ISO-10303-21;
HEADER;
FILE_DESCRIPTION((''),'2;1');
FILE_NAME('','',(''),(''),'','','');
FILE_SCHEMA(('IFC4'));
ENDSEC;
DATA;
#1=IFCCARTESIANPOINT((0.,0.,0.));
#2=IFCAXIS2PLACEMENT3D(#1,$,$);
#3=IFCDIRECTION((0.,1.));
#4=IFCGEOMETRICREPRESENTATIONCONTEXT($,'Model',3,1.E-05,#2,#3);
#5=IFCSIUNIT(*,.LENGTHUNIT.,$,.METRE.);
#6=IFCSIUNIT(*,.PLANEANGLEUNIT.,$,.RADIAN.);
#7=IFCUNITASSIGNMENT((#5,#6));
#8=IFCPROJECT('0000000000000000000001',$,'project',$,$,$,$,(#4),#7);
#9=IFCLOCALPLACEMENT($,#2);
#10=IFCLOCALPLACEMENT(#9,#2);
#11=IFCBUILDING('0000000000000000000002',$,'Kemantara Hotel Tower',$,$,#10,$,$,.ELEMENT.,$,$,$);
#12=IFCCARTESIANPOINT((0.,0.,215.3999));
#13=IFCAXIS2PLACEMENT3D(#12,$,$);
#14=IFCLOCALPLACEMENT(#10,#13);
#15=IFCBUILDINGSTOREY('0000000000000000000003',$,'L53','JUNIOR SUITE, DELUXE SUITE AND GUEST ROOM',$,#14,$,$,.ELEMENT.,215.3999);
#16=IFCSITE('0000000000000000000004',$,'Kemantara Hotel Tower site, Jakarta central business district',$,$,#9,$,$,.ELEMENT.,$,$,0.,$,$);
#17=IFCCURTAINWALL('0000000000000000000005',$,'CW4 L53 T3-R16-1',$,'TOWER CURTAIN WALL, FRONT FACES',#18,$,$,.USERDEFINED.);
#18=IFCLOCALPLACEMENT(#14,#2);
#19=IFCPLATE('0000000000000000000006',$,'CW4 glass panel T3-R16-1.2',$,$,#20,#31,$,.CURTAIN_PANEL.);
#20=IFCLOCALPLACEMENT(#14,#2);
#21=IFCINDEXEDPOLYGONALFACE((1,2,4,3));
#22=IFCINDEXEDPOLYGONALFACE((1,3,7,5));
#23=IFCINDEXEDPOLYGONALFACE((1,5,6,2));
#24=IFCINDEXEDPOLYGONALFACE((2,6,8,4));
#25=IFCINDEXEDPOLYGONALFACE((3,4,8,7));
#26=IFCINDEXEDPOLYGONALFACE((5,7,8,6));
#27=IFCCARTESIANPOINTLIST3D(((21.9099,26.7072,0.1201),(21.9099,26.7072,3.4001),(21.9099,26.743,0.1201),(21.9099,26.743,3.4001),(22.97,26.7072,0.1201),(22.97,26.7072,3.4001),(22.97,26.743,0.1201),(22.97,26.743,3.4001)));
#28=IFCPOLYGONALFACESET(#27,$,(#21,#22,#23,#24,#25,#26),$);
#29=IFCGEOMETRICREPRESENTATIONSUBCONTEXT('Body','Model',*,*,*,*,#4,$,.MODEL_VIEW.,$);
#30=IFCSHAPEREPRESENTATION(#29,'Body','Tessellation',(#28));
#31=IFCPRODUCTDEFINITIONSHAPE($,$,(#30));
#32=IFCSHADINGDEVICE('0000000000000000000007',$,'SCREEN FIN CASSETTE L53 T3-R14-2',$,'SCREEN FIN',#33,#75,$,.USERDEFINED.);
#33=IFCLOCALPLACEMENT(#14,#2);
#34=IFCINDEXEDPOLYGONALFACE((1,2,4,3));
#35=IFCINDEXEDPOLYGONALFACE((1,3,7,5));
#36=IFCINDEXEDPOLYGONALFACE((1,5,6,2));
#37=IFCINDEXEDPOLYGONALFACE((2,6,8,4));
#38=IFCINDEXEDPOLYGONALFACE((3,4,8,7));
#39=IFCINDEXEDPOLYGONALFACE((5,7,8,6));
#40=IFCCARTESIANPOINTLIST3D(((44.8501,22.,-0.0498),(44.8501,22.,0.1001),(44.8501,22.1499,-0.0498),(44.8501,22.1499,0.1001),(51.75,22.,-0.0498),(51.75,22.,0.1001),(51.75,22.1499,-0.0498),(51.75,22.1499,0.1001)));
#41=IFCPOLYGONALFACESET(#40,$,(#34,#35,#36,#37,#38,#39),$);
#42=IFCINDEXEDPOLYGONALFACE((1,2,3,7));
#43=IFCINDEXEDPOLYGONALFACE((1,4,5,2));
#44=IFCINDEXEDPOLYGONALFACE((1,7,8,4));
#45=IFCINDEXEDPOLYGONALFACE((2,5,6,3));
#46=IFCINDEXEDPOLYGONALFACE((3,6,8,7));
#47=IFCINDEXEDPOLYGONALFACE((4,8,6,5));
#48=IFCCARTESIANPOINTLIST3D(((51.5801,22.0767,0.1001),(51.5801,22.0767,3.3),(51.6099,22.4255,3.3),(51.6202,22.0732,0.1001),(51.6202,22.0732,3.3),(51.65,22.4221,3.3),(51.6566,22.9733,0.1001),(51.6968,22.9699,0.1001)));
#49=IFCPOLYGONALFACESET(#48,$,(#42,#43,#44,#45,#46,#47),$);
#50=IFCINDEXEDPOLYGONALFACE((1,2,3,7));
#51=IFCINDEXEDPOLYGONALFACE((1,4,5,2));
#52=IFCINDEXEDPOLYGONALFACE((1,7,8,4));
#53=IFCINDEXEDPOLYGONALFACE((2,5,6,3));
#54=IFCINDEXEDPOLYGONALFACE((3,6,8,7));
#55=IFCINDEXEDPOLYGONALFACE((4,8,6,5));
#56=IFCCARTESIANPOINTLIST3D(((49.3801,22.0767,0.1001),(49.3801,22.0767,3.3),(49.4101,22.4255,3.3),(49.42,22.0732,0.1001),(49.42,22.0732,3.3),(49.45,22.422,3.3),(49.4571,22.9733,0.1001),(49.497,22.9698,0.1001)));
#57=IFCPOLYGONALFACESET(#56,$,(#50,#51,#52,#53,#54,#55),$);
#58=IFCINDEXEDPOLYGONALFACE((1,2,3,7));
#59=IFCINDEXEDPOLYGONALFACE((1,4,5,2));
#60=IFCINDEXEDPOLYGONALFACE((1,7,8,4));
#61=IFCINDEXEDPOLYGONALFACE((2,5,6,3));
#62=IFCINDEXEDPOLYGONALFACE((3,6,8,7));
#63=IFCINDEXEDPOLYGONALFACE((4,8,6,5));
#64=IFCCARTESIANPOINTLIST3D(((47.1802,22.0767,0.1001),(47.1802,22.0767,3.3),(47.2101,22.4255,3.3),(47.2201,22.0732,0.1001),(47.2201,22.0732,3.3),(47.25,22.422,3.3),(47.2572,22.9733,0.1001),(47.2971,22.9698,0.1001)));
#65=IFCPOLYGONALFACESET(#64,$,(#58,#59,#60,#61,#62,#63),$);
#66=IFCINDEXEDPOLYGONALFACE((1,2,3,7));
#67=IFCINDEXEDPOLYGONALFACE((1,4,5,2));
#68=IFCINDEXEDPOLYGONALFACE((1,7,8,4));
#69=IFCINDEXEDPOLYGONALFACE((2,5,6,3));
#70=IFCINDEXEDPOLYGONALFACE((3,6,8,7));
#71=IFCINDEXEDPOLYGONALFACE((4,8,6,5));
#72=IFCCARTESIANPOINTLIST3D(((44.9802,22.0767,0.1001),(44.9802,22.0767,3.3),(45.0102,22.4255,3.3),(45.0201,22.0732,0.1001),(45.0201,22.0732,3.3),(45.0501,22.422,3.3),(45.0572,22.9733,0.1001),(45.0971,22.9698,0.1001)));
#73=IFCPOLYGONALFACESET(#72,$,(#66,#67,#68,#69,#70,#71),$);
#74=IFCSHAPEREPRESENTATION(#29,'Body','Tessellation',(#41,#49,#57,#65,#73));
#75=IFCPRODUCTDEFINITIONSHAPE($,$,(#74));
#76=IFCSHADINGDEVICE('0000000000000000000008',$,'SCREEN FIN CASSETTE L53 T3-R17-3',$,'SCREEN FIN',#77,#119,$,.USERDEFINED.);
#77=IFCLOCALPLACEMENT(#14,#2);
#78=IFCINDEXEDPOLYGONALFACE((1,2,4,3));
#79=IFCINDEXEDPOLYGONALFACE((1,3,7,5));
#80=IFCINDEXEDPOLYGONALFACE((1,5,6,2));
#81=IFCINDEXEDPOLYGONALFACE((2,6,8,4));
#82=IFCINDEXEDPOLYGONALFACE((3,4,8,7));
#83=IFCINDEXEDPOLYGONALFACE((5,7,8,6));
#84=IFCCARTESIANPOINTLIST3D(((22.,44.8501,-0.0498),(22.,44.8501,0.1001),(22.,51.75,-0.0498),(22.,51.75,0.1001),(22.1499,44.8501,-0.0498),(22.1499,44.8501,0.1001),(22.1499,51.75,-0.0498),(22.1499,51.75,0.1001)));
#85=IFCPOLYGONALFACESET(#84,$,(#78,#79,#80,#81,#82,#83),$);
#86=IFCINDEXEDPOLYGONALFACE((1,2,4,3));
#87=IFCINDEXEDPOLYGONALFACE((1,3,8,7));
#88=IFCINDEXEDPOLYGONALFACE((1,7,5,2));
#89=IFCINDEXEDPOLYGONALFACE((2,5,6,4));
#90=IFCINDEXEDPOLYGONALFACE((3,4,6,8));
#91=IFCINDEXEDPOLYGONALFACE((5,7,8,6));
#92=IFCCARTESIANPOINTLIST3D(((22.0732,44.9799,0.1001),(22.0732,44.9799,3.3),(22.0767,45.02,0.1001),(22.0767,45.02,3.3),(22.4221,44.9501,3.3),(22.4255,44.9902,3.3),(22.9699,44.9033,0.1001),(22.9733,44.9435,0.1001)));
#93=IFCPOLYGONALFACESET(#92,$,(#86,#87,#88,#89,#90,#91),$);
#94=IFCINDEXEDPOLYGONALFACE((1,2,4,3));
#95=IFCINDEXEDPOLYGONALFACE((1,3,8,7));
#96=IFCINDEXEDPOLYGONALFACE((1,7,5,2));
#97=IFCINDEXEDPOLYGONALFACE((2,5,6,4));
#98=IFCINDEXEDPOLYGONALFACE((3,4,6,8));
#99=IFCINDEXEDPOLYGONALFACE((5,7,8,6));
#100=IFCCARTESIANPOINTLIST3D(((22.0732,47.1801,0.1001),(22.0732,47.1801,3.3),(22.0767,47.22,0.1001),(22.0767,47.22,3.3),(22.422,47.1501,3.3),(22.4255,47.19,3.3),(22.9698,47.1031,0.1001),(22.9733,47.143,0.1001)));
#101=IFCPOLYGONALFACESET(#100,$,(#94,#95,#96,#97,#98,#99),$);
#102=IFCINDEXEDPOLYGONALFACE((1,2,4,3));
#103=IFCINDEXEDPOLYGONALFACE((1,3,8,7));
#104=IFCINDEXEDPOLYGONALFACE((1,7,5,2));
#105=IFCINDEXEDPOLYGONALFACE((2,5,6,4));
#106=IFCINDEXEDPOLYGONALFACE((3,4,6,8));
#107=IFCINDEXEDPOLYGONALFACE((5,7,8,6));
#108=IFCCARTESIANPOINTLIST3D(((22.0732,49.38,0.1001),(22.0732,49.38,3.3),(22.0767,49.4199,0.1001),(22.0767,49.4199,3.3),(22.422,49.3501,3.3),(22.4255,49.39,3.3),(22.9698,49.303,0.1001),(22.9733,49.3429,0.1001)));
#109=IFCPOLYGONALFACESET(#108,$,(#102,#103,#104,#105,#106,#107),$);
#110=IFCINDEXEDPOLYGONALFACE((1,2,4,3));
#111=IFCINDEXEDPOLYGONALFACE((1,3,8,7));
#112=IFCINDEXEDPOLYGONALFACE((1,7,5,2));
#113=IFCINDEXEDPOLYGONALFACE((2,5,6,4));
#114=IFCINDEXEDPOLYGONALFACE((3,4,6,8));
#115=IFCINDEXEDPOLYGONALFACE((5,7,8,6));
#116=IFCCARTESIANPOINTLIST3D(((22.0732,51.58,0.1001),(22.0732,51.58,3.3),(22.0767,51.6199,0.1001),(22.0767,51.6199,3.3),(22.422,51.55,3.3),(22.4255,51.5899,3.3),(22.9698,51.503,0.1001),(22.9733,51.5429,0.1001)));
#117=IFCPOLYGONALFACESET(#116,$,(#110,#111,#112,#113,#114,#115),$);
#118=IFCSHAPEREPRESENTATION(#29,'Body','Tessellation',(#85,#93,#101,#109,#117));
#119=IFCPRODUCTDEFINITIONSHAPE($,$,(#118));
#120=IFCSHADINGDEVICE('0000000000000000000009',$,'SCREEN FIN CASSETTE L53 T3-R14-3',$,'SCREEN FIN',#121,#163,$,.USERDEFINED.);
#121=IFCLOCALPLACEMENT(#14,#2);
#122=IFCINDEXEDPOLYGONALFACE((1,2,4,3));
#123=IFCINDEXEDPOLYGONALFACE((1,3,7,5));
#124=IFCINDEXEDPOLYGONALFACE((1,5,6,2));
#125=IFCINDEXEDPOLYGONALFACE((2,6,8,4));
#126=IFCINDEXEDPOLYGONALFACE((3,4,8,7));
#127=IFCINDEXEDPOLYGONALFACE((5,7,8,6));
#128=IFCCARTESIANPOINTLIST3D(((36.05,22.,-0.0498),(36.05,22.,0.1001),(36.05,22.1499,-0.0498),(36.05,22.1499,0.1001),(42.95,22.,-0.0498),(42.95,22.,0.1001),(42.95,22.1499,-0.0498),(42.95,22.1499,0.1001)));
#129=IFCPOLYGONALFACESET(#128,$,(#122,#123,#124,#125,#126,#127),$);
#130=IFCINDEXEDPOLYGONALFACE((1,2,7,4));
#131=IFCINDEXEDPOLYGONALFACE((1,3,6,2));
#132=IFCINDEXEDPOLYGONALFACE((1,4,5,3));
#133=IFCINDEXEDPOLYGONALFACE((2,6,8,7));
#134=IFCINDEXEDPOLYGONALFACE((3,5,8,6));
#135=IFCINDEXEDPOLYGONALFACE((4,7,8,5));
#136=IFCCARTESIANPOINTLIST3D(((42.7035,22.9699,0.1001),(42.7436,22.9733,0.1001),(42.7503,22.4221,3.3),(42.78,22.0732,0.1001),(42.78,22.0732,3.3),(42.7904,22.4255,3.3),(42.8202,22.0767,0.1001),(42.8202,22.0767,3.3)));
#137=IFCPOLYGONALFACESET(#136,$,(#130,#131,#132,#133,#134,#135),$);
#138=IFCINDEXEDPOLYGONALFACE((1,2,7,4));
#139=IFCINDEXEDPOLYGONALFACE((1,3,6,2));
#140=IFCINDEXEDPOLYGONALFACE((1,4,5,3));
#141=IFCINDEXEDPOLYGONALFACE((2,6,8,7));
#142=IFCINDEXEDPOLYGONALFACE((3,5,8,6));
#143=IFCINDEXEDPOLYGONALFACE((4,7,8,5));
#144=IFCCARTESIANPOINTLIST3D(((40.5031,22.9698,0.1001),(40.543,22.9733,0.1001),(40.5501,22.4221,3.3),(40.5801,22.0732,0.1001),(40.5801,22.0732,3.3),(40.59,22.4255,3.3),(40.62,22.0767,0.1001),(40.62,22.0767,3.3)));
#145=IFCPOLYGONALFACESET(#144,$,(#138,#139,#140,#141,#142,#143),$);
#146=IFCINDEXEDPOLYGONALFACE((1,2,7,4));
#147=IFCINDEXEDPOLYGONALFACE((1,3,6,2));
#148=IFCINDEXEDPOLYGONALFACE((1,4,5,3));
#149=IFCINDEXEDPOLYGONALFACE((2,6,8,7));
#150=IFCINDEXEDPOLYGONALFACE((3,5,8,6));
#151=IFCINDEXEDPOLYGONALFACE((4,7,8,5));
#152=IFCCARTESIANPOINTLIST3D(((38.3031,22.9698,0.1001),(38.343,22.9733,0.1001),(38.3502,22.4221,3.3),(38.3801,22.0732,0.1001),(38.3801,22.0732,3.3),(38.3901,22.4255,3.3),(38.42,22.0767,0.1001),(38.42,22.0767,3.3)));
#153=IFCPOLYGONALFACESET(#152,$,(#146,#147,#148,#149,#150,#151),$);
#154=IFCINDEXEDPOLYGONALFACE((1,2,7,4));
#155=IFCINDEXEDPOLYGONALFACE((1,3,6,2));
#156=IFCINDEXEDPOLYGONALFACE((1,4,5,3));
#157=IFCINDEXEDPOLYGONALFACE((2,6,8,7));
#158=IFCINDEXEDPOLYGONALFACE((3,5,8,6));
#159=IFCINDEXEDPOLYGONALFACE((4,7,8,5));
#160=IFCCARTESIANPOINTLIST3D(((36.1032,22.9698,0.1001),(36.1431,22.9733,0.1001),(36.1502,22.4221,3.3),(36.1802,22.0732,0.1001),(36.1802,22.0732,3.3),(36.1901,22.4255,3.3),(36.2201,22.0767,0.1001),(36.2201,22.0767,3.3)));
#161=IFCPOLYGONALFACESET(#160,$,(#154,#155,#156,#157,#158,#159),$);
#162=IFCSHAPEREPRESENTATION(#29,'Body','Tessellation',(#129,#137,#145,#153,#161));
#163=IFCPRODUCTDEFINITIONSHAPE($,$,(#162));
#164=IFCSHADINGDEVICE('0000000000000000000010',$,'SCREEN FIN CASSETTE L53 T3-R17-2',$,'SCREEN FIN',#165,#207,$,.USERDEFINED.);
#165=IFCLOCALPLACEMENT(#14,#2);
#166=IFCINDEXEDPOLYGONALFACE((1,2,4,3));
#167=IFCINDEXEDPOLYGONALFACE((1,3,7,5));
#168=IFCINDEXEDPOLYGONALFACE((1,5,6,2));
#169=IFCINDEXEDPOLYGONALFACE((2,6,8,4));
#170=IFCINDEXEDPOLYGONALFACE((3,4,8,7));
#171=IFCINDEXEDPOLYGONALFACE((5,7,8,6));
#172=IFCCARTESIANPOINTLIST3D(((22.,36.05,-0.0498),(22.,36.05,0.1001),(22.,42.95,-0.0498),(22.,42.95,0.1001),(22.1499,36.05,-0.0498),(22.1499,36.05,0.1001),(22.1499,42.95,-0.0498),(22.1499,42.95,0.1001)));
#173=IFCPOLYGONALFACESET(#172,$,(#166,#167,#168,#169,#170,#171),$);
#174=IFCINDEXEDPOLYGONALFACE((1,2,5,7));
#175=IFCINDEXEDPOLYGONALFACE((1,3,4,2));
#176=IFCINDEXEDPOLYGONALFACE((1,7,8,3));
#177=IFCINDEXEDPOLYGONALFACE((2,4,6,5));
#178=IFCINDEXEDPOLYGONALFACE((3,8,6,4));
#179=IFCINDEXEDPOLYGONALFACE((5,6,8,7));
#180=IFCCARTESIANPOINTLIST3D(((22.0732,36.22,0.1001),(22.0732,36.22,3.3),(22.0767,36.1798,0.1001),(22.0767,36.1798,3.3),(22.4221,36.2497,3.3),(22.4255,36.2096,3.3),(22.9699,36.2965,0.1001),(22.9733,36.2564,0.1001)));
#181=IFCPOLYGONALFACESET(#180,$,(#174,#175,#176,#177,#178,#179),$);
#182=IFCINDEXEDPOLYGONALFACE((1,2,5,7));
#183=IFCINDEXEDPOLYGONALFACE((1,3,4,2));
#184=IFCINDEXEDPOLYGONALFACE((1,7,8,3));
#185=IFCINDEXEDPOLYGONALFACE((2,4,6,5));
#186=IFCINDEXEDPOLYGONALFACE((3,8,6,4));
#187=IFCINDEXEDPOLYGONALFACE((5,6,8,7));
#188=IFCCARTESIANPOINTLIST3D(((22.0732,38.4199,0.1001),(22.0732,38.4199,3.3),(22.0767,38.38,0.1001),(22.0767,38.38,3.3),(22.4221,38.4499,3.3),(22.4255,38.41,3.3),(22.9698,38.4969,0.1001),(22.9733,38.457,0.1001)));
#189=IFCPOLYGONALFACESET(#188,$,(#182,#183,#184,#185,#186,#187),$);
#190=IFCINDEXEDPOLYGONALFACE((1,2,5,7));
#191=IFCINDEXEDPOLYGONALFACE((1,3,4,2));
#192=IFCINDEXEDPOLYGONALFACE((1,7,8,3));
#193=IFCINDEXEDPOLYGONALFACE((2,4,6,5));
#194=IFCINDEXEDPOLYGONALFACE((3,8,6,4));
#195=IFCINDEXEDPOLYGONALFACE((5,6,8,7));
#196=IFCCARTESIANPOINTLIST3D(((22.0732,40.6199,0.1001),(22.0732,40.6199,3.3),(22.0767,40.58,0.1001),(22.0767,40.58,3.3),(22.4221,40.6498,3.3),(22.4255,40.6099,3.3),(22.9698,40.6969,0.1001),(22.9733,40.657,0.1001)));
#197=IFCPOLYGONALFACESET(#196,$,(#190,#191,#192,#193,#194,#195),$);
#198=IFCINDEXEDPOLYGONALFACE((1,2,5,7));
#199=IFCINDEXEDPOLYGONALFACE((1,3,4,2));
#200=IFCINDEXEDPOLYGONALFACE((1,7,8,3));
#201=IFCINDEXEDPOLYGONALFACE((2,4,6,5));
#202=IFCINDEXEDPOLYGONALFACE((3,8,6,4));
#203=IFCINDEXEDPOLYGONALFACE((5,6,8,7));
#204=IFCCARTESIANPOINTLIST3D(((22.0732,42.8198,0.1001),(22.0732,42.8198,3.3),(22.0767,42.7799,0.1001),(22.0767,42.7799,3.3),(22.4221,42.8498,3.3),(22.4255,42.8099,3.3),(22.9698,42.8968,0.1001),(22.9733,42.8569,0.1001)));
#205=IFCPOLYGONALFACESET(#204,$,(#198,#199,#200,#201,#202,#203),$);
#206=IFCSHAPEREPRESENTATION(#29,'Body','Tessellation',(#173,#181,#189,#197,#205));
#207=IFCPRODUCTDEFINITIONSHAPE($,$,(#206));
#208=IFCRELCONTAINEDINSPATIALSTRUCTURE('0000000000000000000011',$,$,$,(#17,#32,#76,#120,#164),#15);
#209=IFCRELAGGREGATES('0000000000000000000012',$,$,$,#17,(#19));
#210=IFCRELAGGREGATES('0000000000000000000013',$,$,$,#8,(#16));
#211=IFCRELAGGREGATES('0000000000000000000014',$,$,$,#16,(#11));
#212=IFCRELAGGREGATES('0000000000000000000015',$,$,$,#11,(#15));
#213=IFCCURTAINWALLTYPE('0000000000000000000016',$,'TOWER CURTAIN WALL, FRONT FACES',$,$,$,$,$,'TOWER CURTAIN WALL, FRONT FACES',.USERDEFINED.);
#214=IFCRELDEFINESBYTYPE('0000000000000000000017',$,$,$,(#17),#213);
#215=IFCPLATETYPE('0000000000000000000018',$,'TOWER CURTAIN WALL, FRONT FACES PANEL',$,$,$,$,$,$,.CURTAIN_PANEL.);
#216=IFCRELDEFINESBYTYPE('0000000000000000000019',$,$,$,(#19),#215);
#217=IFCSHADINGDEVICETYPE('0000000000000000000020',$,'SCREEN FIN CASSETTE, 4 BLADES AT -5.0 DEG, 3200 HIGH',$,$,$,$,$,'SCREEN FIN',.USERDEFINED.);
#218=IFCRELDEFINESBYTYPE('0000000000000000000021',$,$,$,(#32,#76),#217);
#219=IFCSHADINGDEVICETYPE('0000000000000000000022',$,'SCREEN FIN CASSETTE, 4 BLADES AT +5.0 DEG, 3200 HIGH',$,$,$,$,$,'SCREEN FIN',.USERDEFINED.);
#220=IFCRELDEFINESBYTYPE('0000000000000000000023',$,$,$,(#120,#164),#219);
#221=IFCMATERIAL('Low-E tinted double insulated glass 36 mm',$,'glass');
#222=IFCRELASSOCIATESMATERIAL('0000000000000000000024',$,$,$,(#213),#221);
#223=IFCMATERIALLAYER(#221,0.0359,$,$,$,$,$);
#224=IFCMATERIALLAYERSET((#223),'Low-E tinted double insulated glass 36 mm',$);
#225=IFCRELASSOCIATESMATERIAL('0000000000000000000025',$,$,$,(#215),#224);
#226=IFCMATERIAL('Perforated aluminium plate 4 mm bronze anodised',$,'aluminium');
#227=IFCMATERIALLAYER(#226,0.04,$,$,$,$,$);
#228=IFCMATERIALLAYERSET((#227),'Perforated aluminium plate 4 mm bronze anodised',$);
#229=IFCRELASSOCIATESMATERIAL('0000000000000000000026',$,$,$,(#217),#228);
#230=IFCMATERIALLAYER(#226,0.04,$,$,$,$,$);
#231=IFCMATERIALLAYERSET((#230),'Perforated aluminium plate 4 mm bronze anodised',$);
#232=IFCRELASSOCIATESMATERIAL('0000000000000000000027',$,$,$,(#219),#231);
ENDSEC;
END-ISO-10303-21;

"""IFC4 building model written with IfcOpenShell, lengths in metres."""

from ifc_helpers import new_model, si_unit, direction, frame, origin, origin_2d, place, context, subcontext, project, spatial, polyline, rectangle, outline, extrude, source, transform, mapped, material, layer, layer_set, type_object, element, aggregate, save


model = new_model("IFC4")

# Units and contexts
model_context = context("Model", 3, precision=1e-05, world=origin(), true_north=direction((0.0, 1.0)))
body_context = subcontext(model_context, "Body", "Model", "MODEL_VIEW")
ifc_project = project(units=[si_unit("LENGTHUNIT", "METRE"), si_unit("PLANEANGLEUNIT", "RADIAN")], contexts=[model_context])

# Site, building, storey
site_placement = place(None, origin())
site = spatial("IfcSite", under=ifc_project, at=site_placement, Name="Kemantara Hotel Tower site, Jakarta central business district", CompositionType="ELEMENT", RefElevation=0.0)
building_placement = place(site_placement, origin())
building = spatial("IfcBuilding", under=site, at=building_placement, Name="Kemantara Hotel Tower", CompositionType="ELEMENT")
storey_placement = place(building_placement, frame((0.0, 0.0, 215.3999)))
storey = spatial("IfcBuildingStorey", under=building, at=storey_placement, Name="L53", Description="JUNIOR SUITE, DELUXE SUITE AND GUEST ROOM", CompositionType="ELEMENT", Elevation=215.3999)

# Curtain wall
ifc_material_1 = material(Name="Low-E tinted double insulated glass 36 mm", Category="glass")
curtain_wall_type = type_object("IfcCurtainWallType", Name="TOWER CURTAIN WALL, FRONT FACES", ElementType="TOWER CURTAIN WALL, FRONT FACES", PredefinedType="USERDEFINED", material=ifc_material_1)
curtain_wall_1_placement = place(storey_placement, origin())
curtain_wall_1 = element("IfcCurtainWall", 1, at=curtain_wall_1_placement, inside=storey, type_object=curtain_wall_type, Name="CW4 L53 T3-R16-1", ObjectType="TOWER CURTAIN WALL, FRONT FACES", PredefinedType="USERDEFINED")

# Shared definitions
ifc_layer_1 = layer(ifc_material_1, 0.0359)
ifc_layer_set_1 = layer_set([ifc_layer_1], Name="Low-E tinted double insulated glass 36 mm")
plate_type = type_object("IfcPlateType", Name="TOWER CURTAIN WALL, FRONT FACES PANEL", PredefinedType="CURTAIN_PANEL", material=ifc_layer_set_1)

# Plate
shared_shape_1 = source(origin(), body_context, "Body", "SweptSolid", [
    extrude(rectangle(XDim=1.0601, YDim=0.0359, at=origin_2d()), origin(), (0.0, 0.0, 1.0), 3.28),
])
plate_1_placement = place(storey_placement, frame((22.4399, 26.7251, 0.1201), z_axis=(0.0, 0.0, 1.0), x_axis=(-1.0, 0.0, 0.0)))
plate_1 = element("IfcPlate", 2, at=plate_1_placement, type_object=plate_type, Name="CW4 glass panel T3-R16-1.2", PredefinedType="CURTAIN_PANEL", context=body_context, shape_type="MappedRepresentation", body=[
    mapped(shared_shape_1, transform((0.0, 0.0, 0.0))),
])
aggregate(curtain_wall_1, [plate_1])

# Shading devices
ifc_material_2 = material(Name="Perforated aluminium plate 4 mm bronze anodised", Category="aluminium")
ifc_layer_2 = layer(ifc_material_2, 0.04)
ifc_layer_set_2 = layer_set([ifc_layer_2], Name="Perforated aluminium plate 4 mm bronze anodised")
shading_device_type_1 = type_object("IfcShadingDeviceType", Name="SCREEN FIN CASSETTE, 4 BLADES AT -5.0 DEG, 3200 HIGH", ElementType="SCREEN FIN", PredefinedType="USERDEFINED", material=ifc_layer_set_2)
shared_shape_2 = source(origin(), body_context, "Body", "SweptSolid", [
    extrude(rectangle(XDim=6.8999, YDim=0.1499, at=origin_2d()), frame((3.3, -0.075, -0.1499), z_axis=(0.0, 0.0, 1.0), x_axis=(1.0, 0.0, 0.0)), (0.0, 0.0, 1.0), 0.1499),
    extrude(outline(polyline([(0.0, 0.0), (0.8999, 0.0), (0.3501, 3.2), (0.0, 3.2), (0.0, 0.0)])), frame((0.02, -0.0767, 0.0), z_axis=(-0.996376, 0.085056, 0.0), x_axis=(-0.085056, -0.996376, 0.0)), (0.0, 0.0, 1.0), 0.0403),
    extrude(outline(polyline([(0.0, 0.0), (0.8999, 0.0), (0.3501, 3.2), (0.0, 3.2), (0.0, 0.0)])), frame((2.22, -0.0767, 0.0), z_axis=(-0.996332, 0.085575, 0.0), x_axis=(-0.085575, -0.996332, 0.0)), (0.0, 0.0, 1.0), 0.04),
    extrude(outline(polyline([(0.0, 0.0), (0.8999, 0.0), (0.3501, 3.2), (0.0, 3.2), (0.0, 0.0)])), frame((4.4199, -0.0767, 0.0), z_axis=(-0.996332, 0.085575, 0.0), x_axis=(-0.085575, -0.996332, 0.0)), (0.0, 0.0, 1.0), 0.04),
    extrude(outline(polyline([(0.0, 0.0), (0.8999, 0.0), (0.3501, 3.2), (0.0, 3.2), (0.0, 0.0)])), frame((6.6199, -0.0767, 0.0), z_axis=(-0.996332, 0.085575, 0.0), x_axis=(-0.085575, -0.996332, 0.0)), (0.0, 0.0, 1.0), 0.04),
])
for number, where, z_axis, x_axis, name in (
    (3, (51.6001, 22.0, 0.1001), (0.0, 0.0, 1.0), (-1.0, 0.0, 0.0), "SCREEN FIN CASSETTE L53 T3-R14-2"),
    (4, (22.0, 45.0, 0.1001), (0.0, 0.0, 1.0), (0.0, 1.0, 0.0), "SCREEN FIN CASSETTE L53 T3-R17-3"),
):
    element("IfcShadingDevice", number, at=place(storey_placement, frame(where, z_axis=z_axis, x_axis=x_axis)), inside=storey, type_object=shading_device_type_1, Name=name, ObjectType="SCREEN FIN", PredefinedType="USERDEFINED", context=body_context, shape_type="MappedRepresentation", body=[
        mapped(shared_shape_2, transform((0.0, 0.0, 0.0))),
    ])
ifc_layer_3 = layer(ifc_material_2, 0.04)
ifc_layer_set_3 = layer_set([ifc_layer_3], Name="Perforated aluminium plate 4 mm bronze anodised")
shading_device_type_2 = type_object("IfcShadingDeviceType", Name="SCREEN FIN CASSETTE, 4 BLADES AT +5.0 DEG, 3200 HIGH", ElementType="SCREEN FIN", PredefinedType="USERDEFINED", material=ifc_layer_set_3)
shared_shape_3 = source(origin(), body_context, "Body", "SweptSolid", [
    extrude(rectangle(XDim=6.8999, YDim=0.1499, at=origin_2d()), frame((3.3, -0.075, -0.1499), z_axis=(0.0, 0.0, 1.0), x_axis=(1.0, 0.0, 0.0)), (0.0, 0.0, 1.0), 0.1499),
    extrude(outline(polyline([(0.0, 0.0), (0.8999, 0.0), (0.3501, 3.2), (0.0, 3.2), (0.0, 0.0)])), frame((0.02, -0.0732, 0.0), z_axis=(-0.996376, -0.085056, 0.0), x_axis=(0.085056, -0.996376, 0.0)), (0.0, 0.0, 1.0), 0.0403),
    extrude(outline(polyline([(0.0, 0.0), (0.8999, 0.0), (0.3501, 3.2), (0.0, 3.2), (0.0, 0.0)])), frame((2.22, -0.0732, 0.0), z_axis=(-0.996332, -0.085575, 0.0), x_axis=(0.085575, -0.996332, 0.0)), (0.0, 0.0, 1.0), 0.04),
    extrude(outline(polyline([(0.0, 0.0), (0.8999, 0.0), (0.3501, 3.2), (0.0, 3.2), (0.0, 0.0)])), frame((4.4199, -0.0732, 0.0), z_axis=(-0.996332, -0.085575, 0.0), x_axis=(0.085575, -0.996332, 0.0)), (0.0, 0.0, 1.0), 0.04),
    extrude(outline(polyline([(0.0, 0.0), (0.8999, 0.0), (0.3501, 3.2), (0.0, 3.2), (0.0, 0.0)])), frame((6.6199, -0.0732, 0.0), z_axis=(-0.996332, -0.085575, 0.0), x_axis=(0.085575, -0.996332, 0.0)), (0.0, 0.0, 1.0), 0.04),
])
for number, where, z_axis, x_axis, name in (
    (5, (42.8, 22.0, 0.1001), (0.0, 0.0, 1.0), (-1.0, 0.0, 0.0), "SCREEN FIN CASSETTE L53 T3-R14-3"),
    (6, (22.0, 36.2, 0.1001), (0.0, 0.0, 1.0), (0.0, 1.0, 0.0), "SCREEN FIN CASSETTE L53 T3-R17-2"),
):
    element("IfcShadingDevice", number, at=place(storey_placement, frame(where, z_axis=z_axis, x_axis=x_axis)), inside=storey, type_object=shading_device_type_2, Name=name, ObjectType="SCREEN FIN", PredefinedType="USERDEFINED", context=body_context, shape_type="MappedRepresentation", body=[
        mapped(shared_shape_3, transform((0.0, 0.0, 0.0))),
    ])

save(model, "model.ifc")
